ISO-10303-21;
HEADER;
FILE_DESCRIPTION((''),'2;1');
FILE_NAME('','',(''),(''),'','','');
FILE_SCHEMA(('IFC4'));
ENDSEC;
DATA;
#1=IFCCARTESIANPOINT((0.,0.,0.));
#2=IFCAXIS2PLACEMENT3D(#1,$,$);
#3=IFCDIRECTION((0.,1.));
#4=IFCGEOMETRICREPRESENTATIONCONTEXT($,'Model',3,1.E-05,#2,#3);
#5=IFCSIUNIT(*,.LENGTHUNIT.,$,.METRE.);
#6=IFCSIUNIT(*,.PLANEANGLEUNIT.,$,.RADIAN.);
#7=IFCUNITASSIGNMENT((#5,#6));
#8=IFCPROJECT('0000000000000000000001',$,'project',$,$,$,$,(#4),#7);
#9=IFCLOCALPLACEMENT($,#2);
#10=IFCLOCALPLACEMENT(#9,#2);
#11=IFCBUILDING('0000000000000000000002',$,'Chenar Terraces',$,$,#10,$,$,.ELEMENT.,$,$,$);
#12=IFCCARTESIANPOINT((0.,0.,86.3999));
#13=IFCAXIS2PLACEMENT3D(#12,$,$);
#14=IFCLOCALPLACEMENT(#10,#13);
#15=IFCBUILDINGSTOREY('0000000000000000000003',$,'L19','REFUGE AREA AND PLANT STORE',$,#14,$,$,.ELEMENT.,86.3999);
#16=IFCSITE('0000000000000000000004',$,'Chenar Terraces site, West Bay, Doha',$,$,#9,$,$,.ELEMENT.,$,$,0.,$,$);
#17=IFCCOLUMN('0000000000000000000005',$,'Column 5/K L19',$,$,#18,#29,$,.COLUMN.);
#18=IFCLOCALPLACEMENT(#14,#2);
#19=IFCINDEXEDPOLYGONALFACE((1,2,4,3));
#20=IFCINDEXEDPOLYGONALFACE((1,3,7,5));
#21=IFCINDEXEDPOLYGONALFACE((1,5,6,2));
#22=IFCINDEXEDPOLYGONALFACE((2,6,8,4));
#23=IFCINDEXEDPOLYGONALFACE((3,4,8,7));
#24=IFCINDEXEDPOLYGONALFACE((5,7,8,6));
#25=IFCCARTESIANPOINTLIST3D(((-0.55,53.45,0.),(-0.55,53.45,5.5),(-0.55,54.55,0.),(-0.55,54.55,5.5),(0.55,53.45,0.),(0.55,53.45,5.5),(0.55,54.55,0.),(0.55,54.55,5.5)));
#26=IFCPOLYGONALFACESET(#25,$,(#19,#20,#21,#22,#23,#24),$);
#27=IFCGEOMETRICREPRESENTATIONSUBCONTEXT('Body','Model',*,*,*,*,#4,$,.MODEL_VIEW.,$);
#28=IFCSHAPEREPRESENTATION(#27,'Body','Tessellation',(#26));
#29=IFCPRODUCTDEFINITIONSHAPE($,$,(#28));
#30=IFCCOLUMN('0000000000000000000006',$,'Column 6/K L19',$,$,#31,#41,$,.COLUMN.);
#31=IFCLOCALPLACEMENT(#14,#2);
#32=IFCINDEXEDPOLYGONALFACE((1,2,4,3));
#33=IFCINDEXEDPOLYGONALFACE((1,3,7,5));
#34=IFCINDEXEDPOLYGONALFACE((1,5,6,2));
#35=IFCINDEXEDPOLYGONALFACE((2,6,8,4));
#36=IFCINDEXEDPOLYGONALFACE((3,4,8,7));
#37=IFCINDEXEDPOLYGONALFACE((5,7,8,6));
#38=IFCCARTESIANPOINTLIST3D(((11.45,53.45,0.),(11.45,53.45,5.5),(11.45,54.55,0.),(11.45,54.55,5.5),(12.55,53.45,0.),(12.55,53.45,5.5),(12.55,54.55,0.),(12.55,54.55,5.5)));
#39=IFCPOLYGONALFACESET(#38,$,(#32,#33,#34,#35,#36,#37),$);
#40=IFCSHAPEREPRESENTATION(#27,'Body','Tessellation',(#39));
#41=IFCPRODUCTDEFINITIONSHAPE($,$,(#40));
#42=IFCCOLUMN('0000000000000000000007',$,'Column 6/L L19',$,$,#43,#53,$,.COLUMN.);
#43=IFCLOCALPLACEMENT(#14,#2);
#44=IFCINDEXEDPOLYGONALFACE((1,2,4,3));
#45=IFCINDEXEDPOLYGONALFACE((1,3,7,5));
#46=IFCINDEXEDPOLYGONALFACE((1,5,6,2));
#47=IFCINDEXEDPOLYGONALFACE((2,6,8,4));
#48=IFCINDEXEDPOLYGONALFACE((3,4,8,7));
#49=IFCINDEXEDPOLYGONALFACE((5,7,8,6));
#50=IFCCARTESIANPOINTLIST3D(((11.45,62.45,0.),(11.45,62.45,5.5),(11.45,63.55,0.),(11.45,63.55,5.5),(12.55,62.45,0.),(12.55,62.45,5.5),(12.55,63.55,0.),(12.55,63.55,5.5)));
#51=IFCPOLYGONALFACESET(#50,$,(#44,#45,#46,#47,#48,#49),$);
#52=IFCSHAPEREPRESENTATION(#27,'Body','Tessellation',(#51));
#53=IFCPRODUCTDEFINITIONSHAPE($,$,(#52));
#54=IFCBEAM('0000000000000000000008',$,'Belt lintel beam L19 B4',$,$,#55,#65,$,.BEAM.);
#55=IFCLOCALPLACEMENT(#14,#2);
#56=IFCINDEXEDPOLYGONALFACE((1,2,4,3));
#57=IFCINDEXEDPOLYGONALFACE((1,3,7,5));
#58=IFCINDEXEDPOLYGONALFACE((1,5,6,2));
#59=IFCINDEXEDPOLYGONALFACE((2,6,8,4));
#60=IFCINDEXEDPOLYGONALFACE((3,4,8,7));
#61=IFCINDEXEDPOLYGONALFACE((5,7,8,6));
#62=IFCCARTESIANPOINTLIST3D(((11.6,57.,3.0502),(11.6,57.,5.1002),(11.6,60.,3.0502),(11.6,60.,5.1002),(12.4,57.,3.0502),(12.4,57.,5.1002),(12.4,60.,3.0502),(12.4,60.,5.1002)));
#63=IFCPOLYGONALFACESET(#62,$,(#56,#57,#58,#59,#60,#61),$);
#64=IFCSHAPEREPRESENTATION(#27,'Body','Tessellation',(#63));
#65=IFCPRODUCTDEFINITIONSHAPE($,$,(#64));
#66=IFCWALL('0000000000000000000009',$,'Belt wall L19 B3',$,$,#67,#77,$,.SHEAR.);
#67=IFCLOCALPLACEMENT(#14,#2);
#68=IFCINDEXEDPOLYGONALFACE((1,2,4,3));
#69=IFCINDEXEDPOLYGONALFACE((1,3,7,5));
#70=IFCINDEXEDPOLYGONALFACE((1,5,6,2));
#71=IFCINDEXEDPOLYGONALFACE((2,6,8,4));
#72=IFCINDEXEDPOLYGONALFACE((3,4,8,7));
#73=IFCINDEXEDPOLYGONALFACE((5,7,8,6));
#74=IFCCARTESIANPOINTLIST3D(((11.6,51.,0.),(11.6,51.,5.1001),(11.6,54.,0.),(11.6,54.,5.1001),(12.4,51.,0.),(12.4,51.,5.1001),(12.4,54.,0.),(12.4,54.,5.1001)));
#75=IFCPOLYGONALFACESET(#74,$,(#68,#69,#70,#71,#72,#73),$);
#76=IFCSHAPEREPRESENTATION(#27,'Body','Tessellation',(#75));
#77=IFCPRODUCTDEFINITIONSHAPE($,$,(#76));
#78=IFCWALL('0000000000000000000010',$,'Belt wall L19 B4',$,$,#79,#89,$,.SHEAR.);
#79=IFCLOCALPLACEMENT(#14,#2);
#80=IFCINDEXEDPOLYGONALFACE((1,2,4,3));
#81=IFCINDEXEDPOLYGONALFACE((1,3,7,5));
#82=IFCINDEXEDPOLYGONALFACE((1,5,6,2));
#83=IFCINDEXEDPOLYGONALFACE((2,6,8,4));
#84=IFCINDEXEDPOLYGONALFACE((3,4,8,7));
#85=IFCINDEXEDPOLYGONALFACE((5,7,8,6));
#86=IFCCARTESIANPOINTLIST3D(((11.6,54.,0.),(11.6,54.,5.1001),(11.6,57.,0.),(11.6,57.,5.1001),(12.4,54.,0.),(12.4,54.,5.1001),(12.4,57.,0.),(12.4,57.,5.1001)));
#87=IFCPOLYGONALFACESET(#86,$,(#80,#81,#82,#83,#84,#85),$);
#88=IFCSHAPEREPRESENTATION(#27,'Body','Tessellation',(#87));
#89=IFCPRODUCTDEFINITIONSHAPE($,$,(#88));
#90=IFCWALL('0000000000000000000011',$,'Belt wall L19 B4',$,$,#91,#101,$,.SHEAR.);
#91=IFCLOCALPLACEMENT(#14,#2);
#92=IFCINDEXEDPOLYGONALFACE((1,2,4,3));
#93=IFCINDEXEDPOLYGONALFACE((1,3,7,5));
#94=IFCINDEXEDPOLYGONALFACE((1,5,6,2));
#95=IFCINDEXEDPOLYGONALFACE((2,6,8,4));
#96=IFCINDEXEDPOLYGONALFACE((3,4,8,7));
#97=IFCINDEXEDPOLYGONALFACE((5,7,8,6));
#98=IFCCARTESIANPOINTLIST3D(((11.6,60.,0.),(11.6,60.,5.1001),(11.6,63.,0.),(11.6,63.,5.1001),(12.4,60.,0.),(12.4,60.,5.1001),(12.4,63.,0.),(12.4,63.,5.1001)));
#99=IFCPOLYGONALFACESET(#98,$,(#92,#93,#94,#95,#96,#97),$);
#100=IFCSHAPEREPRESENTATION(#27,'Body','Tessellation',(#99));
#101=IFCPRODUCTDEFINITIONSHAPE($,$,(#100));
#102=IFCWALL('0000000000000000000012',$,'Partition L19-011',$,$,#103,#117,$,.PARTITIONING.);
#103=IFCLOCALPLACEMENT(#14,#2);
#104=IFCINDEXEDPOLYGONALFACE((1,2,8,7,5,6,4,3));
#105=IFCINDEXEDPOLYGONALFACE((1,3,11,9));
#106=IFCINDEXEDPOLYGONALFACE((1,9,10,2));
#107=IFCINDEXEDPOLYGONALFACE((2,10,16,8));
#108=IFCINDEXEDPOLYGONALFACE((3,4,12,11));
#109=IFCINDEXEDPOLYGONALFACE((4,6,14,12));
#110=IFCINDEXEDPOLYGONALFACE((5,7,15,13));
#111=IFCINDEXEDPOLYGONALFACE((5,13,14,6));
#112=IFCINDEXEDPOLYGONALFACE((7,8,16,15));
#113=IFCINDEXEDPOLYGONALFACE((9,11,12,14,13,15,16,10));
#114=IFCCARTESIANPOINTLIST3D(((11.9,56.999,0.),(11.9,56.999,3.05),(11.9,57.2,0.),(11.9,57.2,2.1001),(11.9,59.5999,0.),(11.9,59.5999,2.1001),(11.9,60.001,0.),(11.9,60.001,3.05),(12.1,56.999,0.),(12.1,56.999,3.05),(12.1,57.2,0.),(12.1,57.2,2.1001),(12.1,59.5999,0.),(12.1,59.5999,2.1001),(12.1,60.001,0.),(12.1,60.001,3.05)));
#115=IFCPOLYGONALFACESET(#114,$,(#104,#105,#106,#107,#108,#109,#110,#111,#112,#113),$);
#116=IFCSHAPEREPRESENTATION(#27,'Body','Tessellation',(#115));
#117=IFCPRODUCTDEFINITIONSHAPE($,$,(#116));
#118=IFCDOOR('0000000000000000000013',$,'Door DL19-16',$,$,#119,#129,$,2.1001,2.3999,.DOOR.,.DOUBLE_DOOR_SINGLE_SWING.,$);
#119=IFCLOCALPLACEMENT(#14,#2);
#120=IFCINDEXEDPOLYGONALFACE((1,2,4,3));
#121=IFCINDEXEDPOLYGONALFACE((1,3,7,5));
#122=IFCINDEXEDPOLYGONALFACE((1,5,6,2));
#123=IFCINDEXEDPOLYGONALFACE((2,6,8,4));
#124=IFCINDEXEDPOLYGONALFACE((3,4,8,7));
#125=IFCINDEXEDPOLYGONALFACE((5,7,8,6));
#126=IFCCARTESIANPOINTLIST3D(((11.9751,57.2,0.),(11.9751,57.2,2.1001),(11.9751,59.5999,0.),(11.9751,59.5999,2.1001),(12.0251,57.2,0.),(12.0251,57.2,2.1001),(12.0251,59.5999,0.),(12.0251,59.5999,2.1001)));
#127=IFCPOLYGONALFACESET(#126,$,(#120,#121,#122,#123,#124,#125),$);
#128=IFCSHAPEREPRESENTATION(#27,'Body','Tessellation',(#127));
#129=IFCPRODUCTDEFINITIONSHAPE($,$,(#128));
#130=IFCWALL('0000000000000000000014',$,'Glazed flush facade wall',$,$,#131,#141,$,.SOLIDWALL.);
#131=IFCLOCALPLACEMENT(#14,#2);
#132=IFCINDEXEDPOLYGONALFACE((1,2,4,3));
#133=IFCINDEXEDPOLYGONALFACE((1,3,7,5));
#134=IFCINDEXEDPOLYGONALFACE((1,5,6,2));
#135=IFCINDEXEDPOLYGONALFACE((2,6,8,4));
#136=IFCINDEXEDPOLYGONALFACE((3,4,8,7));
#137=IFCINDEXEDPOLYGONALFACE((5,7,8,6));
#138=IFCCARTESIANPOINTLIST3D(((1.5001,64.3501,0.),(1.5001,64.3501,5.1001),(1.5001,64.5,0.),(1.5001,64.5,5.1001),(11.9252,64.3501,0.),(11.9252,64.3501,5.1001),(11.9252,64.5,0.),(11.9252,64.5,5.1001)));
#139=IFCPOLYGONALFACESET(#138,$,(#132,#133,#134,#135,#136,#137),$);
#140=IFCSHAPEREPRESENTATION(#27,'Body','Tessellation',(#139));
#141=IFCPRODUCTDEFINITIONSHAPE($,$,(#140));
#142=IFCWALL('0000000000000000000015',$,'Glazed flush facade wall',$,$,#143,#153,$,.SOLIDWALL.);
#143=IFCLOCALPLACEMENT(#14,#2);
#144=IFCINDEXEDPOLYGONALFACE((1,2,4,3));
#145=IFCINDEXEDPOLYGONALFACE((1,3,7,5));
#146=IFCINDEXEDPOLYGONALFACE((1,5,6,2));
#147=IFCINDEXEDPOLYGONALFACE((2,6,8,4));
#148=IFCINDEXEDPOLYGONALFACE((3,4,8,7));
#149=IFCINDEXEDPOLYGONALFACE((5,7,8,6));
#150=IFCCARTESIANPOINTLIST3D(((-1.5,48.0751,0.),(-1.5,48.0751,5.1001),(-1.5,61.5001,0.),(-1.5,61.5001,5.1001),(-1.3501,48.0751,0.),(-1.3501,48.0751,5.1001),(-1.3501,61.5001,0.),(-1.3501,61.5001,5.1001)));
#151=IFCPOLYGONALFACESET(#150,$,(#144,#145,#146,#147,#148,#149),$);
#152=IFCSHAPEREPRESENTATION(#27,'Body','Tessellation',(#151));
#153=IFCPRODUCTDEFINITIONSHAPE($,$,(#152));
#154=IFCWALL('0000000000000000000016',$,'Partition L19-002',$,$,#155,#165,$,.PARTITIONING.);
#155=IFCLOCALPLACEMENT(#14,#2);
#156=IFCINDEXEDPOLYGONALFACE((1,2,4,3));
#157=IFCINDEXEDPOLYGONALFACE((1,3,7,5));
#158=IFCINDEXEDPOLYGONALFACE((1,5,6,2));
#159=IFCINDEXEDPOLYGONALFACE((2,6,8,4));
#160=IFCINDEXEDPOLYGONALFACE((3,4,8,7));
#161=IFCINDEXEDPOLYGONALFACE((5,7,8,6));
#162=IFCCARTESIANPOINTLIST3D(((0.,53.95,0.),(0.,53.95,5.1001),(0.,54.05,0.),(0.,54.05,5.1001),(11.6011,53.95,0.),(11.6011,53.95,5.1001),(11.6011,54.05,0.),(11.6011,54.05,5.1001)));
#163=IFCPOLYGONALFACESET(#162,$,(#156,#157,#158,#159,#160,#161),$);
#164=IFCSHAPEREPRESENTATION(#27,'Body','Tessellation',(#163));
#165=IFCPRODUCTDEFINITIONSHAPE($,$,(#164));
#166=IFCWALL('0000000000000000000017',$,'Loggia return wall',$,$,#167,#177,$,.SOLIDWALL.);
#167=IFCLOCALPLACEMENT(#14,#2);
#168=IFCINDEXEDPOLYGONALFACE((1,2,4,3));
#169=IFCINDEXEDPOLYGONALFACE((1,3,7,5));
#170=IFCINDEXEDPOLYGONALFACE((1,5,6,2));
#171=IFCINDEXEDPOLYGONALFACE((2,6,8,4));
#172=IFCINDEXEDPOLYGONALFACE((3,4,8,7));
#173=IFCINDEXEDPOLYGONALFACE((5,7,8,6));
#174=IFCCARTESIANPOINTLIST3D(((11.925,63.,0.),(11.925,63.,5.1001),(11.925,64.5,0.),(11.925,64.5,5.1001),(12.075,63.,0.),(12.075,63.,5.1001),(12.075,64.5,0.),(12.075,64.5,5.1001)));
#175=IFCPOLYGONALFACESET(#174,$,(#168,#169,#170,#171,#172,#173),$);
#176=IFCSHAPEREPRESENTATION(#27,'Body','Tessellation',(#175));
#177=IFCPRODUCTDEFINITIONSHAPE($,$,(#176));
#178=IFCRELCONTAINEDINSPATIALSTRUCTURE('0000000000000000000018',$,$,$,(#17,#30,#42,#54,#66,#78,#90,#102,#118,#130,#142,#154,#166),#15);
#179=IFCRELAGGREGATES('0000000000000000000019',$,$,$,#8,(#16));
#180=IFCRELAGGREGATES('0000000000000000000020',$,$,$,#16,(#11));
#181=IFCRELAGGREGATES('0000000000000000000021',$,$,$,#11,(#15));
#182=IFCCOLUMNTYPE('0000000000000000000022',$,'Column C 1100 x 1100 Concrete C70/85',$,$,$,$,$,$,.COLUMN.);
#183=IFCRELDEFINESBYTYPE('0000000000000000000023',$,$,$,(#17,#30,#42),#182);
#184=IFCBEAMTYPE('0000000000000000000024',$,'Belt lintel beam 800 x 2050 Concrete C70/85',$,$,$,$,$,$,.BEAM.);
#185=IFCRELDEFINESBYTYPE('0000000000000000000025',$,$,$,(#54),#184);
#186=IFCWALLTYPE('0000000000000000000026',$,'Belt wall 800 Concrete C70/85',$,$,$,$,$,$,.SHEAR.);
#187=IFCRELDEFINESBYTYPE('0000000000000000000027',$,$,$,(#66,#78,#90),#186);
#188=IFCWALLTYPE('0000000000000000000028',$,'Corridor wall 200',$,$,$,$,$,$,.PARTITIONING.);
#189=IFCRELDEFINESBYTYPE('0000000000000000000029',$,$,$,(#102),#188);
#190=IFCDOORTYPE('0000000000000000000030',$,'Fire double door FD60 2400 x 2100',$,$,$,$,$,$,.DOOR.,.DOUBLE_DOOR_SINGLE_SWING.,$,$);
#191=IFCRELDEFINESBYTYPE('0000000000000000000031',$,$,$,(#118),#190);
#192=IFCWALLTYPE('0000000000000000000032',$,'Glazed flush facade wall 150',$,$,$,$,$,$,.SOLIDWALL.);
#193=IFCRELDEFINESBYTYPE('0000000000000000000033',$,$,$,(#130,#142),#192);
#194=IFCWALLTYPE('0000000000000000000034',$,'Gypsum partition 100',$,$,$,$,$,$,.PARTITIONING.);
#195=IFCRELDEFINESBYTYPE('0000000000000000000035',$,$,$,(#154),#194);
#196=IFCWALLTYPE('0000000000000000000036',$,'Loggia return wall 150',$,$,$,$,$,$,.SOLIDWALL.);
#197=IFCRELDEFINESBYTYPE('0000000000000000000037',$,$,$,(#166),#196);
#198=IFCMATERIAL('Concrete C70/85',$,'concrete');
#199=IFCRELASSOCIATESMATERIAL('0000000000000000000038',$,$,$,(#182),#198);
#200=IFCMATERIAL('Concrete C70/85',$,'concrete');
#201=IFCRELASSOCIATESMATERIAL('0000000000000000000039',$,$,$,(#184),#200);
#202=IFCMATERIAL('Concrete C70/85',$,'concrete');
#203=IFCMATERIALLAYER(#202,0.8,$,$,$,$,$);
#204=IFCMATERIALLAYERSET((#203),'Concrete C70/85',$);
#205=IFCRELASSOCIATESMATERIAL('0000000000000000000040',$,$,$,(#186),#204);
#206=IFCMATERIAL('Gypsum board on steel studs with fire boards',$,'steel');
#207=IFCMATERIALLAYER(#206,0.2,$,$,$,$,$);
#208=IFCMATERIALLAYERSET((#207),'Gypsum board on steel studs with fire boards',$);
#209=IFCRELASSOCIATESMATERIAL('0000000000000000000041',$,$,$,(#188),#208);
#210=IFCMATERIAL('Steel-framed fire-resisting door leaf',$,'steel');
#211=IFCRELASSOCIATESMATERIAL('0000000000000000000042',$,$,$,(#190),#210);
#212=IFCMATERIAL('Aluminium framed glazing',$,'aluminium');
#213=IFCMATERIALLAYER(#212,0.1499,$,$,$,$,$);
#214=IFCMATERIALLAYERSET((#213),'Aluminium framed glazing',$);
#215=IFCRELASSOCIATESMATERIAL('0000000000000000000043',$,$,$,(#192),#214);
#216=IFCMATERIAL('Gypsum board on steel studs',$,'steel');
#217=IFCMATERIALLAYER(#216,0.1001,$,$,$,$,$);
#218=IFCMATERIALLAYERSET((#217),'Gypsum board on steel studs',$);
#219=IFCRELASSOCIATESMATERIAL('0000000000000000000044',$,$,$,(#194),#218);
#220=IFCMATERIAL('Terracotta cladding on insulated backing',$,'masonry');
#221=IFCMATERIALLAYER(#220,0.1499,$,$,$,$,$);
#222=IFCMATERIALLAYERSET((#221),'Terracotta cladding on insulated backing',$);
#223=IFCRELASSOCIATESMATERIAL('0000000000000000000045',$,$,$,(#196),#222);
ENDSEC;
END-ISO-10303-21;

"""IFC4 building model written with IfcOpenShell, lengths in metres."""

from ifc_helpers import new_model, si_unit, direction, frame, frame_2d, origin, origin_2d, place, context, subcontext, project, spatial, rectangle, extrude, material, layer, layer_set, material_profile, profile_set, type_object, element, fill, save


model = new_model("IFC4")

# Units and contexts
model_context = context("Model", 3, precision=1e-05, world=origin(), true_north=direction((0.0, 1.0)))
body_context = subcontext(model_context, "Body", "Model", "MODEL_VIEW")
ifc_project = project(units=[si_unit("LENGTHUNIT", "METRE"), si_unit("PLANEANGLEUNIT", "RADIAN")], contexts=[model_context])

# Site, building, storey
site_placement = place(None, origin())
site = spatial("IfcSite", under=ifc_project, at=site_placement, Name="Chenar Terraces site, West Bay, Doha", CompositionType="ELEMENT", RefElevation=0.0)
building_placement = place(site_placement, origin())
building = spatial("IfcBuilding", under=site, at=building_placement, Name="Chenar Terraces", CompositionType="ELEMENT")
storey_placement = place(building_placement, frame((0.0, 0.0, 86.3999)))
storey = spatial("IfcBuildingStorey", under=building, at=storey_placement, Name="L19", Description="REFUGE AREA AND PLANT STORE", CompositionType="ELEMENT", Elevation=86.3999)

# Columns
ifc_material_1 = material(Name="Concrete C70/85", Category="concrete")
ifc_material_profile_1 = material_profile(ifc_material_1, rectangle(XDim=1.1001, YDim=1.1001, at=origin_2d()), Name="C 1100 x 1100")
ifc_profile_set_1 = profile_set([ifc_material_profile_1], Name="Concrete C70/85")
column_type = type_object("IfcColumnType", Name="Column C 1100 x 1100 Concrete C70/85", PredefinedType="COLUMN", material=ifc_profile_set_1)
placement = place(storey_placement, frame((0.0, 54.0, 0.0), z_axis=(0.0, 0.0, 1.0), x_axis=(1.0, 0.0, 0.0)))
element("IfcColumn", 1, at=placement, inside=storey, type_object=column_type, Name="Column 5/K L19", PredefinedType="COLUMN", context=body_context, shape_type="SweptSolid", body=[
    extrude(rectangle(XDim=1.1001, YDim=1.1001, at=origin_2d()), origin(), (0.0, 0.0, 1.0), 5.5),
])
for number, where, z_axis, x_axis, name in (
    (2, (12.0, 54.0, 0.0), (0.0, 0.0, 1.0), (1.0, 0.0, 0.0), "Column 6/K L19"),
    (3, (12.0, 63.0, 0.0), (0.0, 0.0, 1.0), (1.0, 0.0, 0.0), "Column 6/L L19"),
):
    element("IfcColumn", number, at=place(storey_placement, frame(where, z_axis=z_axis, x_axis=x_axis)), inside=storey, type_object=column_type, Name=name, PredefinedType="COLUMN", context=body_context, shape_type="SweptSolid", body=[
        extrude(rectangle(XDim=1.1001, YDim=1.1001, at=origin_2d()), origin(), (0.0, 0.0, 1.0), 5.5),
    ])

# Beam
ifc_material_2 = material(Name="Concrete C70/85", Category="concrete")
ifc_material_profile_2 = material_profile(ifc_material_2, rectangle(XDim=0.8, YDim=2.05, at=origin_2d()), Name="RC 800 x 2050")
ifc_profile_set_2 = profile_set([ifc_material_profile_2], Name="Concrete C70/85")
beam_type = type_object("IfcBeamType", Name="Belt lintel beam 800 x 2050 Concrete C70/85", PredefinedType="BEAM", material=ifc_profile_set_2)
beam_placement = place(storey_placement, frame((12.0, 57.0, 4.0752), z_axis=(0.0, 1.0, 0.0), x_axis=(-1.0, 0.0, 0.0)))
element("IfcBeam", 4, at=beam_placement, inside=storey, type_object=beam_type, Name="Belt lintel beam L19 B4", PredefinedType="BEAM", context=body_context, shape_type="SweptSolid", body=[
    extrude(rectangle(XDim=0.8, YDim=2.05, at=origin_2d()), origin(), (0.0, 0.0, 1.0), 3.0),
])

# Walls
ifc_material_3 = material(Name="Concrete C70/85", Category="concrete")
ifc_layer_1 = layer(ifc_material_3, 0.8)
ifc_layer_set_1 = layer_set([ifc_layer_1], Name="Concrete C70/85")
wall_type_1 = type_object("IfcWallType", Name="Belt wall 800 Concrete C70/85", PredefinedType="SHEAR", material=ifc_layer_set_1)
for number, where, z_axis, x_axis, name in (
    (5, (12.0, 51.0, 0.0), (0.0, 0.0, 1.0), (0.0, 1.0, 0.0), "Belt wall L19 B3"),
    (6, (12.0, 54.0, 0.0), (0.0, 0.0, 1.0), (0.0, 1.0, 0.0), "Belt wall L19 B4"),
    (7, (12.0, 60.0, 0.0), (0.0, 0.0, 1.0), (0.0, 1.0, 0.0), "Belt wall L19 B4"),
):
    element("IfcWall", number, at=place(storey_placement, frame(where, z_axis=z_axis, x_axis=x_axis)), inside=storey, type_object=wall_type_1, Name=name, PredefinedType="SHEAR", context=body_context, shape_type="SweptSolid", body=[
        extrude(rectangle(XDim=3.0, YDim=0.8, at=frame_2d((1.5, 0.0))), origin(), (0.0, 0.0, 1.0), 5.1001),
    ])

# Wall, opening, door
ifc_material_4 = material(Name="Gypsum board on steel studs with fire boards", Category="steel")
ifc_layer_2 = layer(ifc_material_4, 0.2)
ifc_layer_set_2 = layer_set([ifc_layer_2], Name="Gypsum board on steel studs with fire boards")
wall_type_2 = type_object("IfcWallType", Name="Corridor wall 200", PredefinedType="PARTITIONING", material=ifc_layer_set_2)
wall_1_placement = place(storey_placement, frame((12.0, 56.999, 0.0), z_axis=(0.0, 0.0, 1.0), x_axis=(0.0, 1.0, 0.0)))
wall_1 = element("IfcWall", 8, at=wall_1_placement, inside=storey, type_object=wall_type_2, Name="Partition L19-011", PredefinedType="PARTITIONING", context=body_context, shape_type="SweptSolid", body=[
    extrude(rectangle(XDim=3.002, YDim=0.2, at=frame_2d((1.501, 0.0))), origin(), (0.0, 0.0, 1.0), 3.05),
])
opening_placement = place(wall_1_placement, frame((0.2009, 0.0, 0.0)))
opening = element("IfcOpeningElement", 9, at=opening_placement, cuts=wall_1, PredefinedType="OPENING", context=body_context, shape_type="SweptSolid", body=[
    extrude(rectangle(XDim=2.3999, YDim=2.1001, at=frame_2d((1.2, 1.05))), frame((0.0, 0.1099, 0.0), z_axis=(0.0, -1.0, 0.0), x_axis=(1.0, 0.0, 0.0)), (0.0, 0.0, 1.0), 0.22),
])
ifc_material_5 = material(Name="Steel-framed fire-resisting door leaf", Category="steel")
door_type = type_object("IfcDoorType", Name="Fire double door FD60 2400 x 2100", OperationType="DOUBLE_DOOR_SINGLE_SWING", PredefinedType="DOOR", material=ifc_material_5)
door_placement = place(opening_placement, origin())
door = element("IfcDoor", 10, at=door_placement, inside=storey, type_object=door_type, Name="Door DL19-16", OperationType="DOUBLE_DOOR_SINGLE_SWING", OverallHeight=2.1001, OverallWidth=2.3999, PredefinedType="DOOR", context=body_context, shape_type="SweptSolid", body=[
    extrude(rectangle(XDim=2.3999, YDim=2.1001, at=frame_2d((1.2, 1.05))), frame((0.0, 0.0249, 0.0), z_axis=(0.0, -1.0, 0.0), x_axis=(1.0, 0.0, 0.0)), (0.0, 0.0, 1.0), 0.05),
])
fill(opening, door)

# Walls
ifc_material_6 = material(Name="Aluminium framed glazing", Category="aluminium")
ifc_layer_3 = layer(ifc_material_6, 0.1499)
ifc_layer_set_3 = layer_set([ifc_layer_3], Name="Aluminium framed glazing")
wall_type_3 = type_object("IfcWallType", Name="Glazed flush facade wall 150", PredefinedType="SOLIDWALL", material=ifc_layer_set_3)
wall_2_placement = place(storey_placement, frame((11.925, 64.425, 0.0), z_axis=(0.0, 0.0, 1.0), x_axis=(-1.0, 0.0, 0.0)))
element("IfcWall", 11, at=wall_2_placement, inside=storey, type_object=wall_type_3, Name="Glazed flush facade wall", PredefinedType="SOLIDWALL", context=body_context, shape_type="SweptSolid", body=[
    extrude(rectangle(XDim=10.425, YDim=0.1499, at=frame_2d((5.2124, 0.0))), origin(), (0.0, 0.0, 1.0), 5.1001),
])
wall_3_placement = place(storey_placement, frame((-1.425, 61.5, 0.0), z_axis=(0.0, 0.0, 1.0), x_axis=(0.0, -1.0, 0.0)))
element("IfcWall", 12, at=wall_3_placement, inside=storey, type_object=wall_type_3, Name="Glazed flush facade wall", PredefinedType="SOLIDWALL", context=body_context, shape_type="SweptSolid", body=[
    extrude(rectangle(XDim=13.425, YDim=0.1499, at=frame_2d((6.7124, 0.0))), origin(), (0.0, 0.0, 1.0), 5.1001),
])
ifc_material_7 = material(Name="Gypsum board on steel studs", Category="steel")
ifc_layer_4 = layer(ifc_material_7, 0.1001)
ifc_layer_set_4 = layer_set([ifc_layer_4], Name="Gypsum board on steel studs")
wall_type_4 = type_object("IfcWallType", Name="Gypsum partition 100", PredefinedType="PARTITIONING", material=ifc_layer_set_4)
element("IfcWall", 13, at=placement, inside=storey, type_object=wall_type_4, Name="Partition L19-002", PredefinedType="PARTITIONING", context=body_context, shape_type="SweptSolid", body=[
    extrude(rectangle(XDim=11.6011, YDim=0.1001, at=frame_2d((5.8005, 0.0))), origin(), (0.0, 0.0, 1.0), 5.1001),
])
ifc_material_8 = material(Name="Terracotta cladding on insulated backing", Category="masonry")
ifc_layer_5 = layer(ifc_material_8, 0.1499)
ifc_layer_set_5 = layer_set([ifc_layer_5], Name="Terracotta cladding on insulated backing")
wall_type_5 = type_object("IfcWallType", Name="Loggia return wall 150", PredefinedType="SOLIDWALL", material=ifc_layer_set_5)
wall_4_placement = place(storey_placement, frame((12.0, 64.5, 0.0), z_axis=(0.0, 0.0, 1.0), x_axis=(0.0, -1.0, 0.0)))
element("IfcWall", 14, at=wall_4_placement, inside=storey, type_object=wall_type_5, Name="Loggia return wall", PredefinedType="SOLIDWALL", context=body_context, shape_type="SweptSolid", body=[
    extrude(rectangle(XDim=1.5, YDim=0.1499, at=frame_2d((0.75, 0.0))), origin(), (0.0, 0.0, 1.0), 5.1001),
])

save(model, "model.ifc")
